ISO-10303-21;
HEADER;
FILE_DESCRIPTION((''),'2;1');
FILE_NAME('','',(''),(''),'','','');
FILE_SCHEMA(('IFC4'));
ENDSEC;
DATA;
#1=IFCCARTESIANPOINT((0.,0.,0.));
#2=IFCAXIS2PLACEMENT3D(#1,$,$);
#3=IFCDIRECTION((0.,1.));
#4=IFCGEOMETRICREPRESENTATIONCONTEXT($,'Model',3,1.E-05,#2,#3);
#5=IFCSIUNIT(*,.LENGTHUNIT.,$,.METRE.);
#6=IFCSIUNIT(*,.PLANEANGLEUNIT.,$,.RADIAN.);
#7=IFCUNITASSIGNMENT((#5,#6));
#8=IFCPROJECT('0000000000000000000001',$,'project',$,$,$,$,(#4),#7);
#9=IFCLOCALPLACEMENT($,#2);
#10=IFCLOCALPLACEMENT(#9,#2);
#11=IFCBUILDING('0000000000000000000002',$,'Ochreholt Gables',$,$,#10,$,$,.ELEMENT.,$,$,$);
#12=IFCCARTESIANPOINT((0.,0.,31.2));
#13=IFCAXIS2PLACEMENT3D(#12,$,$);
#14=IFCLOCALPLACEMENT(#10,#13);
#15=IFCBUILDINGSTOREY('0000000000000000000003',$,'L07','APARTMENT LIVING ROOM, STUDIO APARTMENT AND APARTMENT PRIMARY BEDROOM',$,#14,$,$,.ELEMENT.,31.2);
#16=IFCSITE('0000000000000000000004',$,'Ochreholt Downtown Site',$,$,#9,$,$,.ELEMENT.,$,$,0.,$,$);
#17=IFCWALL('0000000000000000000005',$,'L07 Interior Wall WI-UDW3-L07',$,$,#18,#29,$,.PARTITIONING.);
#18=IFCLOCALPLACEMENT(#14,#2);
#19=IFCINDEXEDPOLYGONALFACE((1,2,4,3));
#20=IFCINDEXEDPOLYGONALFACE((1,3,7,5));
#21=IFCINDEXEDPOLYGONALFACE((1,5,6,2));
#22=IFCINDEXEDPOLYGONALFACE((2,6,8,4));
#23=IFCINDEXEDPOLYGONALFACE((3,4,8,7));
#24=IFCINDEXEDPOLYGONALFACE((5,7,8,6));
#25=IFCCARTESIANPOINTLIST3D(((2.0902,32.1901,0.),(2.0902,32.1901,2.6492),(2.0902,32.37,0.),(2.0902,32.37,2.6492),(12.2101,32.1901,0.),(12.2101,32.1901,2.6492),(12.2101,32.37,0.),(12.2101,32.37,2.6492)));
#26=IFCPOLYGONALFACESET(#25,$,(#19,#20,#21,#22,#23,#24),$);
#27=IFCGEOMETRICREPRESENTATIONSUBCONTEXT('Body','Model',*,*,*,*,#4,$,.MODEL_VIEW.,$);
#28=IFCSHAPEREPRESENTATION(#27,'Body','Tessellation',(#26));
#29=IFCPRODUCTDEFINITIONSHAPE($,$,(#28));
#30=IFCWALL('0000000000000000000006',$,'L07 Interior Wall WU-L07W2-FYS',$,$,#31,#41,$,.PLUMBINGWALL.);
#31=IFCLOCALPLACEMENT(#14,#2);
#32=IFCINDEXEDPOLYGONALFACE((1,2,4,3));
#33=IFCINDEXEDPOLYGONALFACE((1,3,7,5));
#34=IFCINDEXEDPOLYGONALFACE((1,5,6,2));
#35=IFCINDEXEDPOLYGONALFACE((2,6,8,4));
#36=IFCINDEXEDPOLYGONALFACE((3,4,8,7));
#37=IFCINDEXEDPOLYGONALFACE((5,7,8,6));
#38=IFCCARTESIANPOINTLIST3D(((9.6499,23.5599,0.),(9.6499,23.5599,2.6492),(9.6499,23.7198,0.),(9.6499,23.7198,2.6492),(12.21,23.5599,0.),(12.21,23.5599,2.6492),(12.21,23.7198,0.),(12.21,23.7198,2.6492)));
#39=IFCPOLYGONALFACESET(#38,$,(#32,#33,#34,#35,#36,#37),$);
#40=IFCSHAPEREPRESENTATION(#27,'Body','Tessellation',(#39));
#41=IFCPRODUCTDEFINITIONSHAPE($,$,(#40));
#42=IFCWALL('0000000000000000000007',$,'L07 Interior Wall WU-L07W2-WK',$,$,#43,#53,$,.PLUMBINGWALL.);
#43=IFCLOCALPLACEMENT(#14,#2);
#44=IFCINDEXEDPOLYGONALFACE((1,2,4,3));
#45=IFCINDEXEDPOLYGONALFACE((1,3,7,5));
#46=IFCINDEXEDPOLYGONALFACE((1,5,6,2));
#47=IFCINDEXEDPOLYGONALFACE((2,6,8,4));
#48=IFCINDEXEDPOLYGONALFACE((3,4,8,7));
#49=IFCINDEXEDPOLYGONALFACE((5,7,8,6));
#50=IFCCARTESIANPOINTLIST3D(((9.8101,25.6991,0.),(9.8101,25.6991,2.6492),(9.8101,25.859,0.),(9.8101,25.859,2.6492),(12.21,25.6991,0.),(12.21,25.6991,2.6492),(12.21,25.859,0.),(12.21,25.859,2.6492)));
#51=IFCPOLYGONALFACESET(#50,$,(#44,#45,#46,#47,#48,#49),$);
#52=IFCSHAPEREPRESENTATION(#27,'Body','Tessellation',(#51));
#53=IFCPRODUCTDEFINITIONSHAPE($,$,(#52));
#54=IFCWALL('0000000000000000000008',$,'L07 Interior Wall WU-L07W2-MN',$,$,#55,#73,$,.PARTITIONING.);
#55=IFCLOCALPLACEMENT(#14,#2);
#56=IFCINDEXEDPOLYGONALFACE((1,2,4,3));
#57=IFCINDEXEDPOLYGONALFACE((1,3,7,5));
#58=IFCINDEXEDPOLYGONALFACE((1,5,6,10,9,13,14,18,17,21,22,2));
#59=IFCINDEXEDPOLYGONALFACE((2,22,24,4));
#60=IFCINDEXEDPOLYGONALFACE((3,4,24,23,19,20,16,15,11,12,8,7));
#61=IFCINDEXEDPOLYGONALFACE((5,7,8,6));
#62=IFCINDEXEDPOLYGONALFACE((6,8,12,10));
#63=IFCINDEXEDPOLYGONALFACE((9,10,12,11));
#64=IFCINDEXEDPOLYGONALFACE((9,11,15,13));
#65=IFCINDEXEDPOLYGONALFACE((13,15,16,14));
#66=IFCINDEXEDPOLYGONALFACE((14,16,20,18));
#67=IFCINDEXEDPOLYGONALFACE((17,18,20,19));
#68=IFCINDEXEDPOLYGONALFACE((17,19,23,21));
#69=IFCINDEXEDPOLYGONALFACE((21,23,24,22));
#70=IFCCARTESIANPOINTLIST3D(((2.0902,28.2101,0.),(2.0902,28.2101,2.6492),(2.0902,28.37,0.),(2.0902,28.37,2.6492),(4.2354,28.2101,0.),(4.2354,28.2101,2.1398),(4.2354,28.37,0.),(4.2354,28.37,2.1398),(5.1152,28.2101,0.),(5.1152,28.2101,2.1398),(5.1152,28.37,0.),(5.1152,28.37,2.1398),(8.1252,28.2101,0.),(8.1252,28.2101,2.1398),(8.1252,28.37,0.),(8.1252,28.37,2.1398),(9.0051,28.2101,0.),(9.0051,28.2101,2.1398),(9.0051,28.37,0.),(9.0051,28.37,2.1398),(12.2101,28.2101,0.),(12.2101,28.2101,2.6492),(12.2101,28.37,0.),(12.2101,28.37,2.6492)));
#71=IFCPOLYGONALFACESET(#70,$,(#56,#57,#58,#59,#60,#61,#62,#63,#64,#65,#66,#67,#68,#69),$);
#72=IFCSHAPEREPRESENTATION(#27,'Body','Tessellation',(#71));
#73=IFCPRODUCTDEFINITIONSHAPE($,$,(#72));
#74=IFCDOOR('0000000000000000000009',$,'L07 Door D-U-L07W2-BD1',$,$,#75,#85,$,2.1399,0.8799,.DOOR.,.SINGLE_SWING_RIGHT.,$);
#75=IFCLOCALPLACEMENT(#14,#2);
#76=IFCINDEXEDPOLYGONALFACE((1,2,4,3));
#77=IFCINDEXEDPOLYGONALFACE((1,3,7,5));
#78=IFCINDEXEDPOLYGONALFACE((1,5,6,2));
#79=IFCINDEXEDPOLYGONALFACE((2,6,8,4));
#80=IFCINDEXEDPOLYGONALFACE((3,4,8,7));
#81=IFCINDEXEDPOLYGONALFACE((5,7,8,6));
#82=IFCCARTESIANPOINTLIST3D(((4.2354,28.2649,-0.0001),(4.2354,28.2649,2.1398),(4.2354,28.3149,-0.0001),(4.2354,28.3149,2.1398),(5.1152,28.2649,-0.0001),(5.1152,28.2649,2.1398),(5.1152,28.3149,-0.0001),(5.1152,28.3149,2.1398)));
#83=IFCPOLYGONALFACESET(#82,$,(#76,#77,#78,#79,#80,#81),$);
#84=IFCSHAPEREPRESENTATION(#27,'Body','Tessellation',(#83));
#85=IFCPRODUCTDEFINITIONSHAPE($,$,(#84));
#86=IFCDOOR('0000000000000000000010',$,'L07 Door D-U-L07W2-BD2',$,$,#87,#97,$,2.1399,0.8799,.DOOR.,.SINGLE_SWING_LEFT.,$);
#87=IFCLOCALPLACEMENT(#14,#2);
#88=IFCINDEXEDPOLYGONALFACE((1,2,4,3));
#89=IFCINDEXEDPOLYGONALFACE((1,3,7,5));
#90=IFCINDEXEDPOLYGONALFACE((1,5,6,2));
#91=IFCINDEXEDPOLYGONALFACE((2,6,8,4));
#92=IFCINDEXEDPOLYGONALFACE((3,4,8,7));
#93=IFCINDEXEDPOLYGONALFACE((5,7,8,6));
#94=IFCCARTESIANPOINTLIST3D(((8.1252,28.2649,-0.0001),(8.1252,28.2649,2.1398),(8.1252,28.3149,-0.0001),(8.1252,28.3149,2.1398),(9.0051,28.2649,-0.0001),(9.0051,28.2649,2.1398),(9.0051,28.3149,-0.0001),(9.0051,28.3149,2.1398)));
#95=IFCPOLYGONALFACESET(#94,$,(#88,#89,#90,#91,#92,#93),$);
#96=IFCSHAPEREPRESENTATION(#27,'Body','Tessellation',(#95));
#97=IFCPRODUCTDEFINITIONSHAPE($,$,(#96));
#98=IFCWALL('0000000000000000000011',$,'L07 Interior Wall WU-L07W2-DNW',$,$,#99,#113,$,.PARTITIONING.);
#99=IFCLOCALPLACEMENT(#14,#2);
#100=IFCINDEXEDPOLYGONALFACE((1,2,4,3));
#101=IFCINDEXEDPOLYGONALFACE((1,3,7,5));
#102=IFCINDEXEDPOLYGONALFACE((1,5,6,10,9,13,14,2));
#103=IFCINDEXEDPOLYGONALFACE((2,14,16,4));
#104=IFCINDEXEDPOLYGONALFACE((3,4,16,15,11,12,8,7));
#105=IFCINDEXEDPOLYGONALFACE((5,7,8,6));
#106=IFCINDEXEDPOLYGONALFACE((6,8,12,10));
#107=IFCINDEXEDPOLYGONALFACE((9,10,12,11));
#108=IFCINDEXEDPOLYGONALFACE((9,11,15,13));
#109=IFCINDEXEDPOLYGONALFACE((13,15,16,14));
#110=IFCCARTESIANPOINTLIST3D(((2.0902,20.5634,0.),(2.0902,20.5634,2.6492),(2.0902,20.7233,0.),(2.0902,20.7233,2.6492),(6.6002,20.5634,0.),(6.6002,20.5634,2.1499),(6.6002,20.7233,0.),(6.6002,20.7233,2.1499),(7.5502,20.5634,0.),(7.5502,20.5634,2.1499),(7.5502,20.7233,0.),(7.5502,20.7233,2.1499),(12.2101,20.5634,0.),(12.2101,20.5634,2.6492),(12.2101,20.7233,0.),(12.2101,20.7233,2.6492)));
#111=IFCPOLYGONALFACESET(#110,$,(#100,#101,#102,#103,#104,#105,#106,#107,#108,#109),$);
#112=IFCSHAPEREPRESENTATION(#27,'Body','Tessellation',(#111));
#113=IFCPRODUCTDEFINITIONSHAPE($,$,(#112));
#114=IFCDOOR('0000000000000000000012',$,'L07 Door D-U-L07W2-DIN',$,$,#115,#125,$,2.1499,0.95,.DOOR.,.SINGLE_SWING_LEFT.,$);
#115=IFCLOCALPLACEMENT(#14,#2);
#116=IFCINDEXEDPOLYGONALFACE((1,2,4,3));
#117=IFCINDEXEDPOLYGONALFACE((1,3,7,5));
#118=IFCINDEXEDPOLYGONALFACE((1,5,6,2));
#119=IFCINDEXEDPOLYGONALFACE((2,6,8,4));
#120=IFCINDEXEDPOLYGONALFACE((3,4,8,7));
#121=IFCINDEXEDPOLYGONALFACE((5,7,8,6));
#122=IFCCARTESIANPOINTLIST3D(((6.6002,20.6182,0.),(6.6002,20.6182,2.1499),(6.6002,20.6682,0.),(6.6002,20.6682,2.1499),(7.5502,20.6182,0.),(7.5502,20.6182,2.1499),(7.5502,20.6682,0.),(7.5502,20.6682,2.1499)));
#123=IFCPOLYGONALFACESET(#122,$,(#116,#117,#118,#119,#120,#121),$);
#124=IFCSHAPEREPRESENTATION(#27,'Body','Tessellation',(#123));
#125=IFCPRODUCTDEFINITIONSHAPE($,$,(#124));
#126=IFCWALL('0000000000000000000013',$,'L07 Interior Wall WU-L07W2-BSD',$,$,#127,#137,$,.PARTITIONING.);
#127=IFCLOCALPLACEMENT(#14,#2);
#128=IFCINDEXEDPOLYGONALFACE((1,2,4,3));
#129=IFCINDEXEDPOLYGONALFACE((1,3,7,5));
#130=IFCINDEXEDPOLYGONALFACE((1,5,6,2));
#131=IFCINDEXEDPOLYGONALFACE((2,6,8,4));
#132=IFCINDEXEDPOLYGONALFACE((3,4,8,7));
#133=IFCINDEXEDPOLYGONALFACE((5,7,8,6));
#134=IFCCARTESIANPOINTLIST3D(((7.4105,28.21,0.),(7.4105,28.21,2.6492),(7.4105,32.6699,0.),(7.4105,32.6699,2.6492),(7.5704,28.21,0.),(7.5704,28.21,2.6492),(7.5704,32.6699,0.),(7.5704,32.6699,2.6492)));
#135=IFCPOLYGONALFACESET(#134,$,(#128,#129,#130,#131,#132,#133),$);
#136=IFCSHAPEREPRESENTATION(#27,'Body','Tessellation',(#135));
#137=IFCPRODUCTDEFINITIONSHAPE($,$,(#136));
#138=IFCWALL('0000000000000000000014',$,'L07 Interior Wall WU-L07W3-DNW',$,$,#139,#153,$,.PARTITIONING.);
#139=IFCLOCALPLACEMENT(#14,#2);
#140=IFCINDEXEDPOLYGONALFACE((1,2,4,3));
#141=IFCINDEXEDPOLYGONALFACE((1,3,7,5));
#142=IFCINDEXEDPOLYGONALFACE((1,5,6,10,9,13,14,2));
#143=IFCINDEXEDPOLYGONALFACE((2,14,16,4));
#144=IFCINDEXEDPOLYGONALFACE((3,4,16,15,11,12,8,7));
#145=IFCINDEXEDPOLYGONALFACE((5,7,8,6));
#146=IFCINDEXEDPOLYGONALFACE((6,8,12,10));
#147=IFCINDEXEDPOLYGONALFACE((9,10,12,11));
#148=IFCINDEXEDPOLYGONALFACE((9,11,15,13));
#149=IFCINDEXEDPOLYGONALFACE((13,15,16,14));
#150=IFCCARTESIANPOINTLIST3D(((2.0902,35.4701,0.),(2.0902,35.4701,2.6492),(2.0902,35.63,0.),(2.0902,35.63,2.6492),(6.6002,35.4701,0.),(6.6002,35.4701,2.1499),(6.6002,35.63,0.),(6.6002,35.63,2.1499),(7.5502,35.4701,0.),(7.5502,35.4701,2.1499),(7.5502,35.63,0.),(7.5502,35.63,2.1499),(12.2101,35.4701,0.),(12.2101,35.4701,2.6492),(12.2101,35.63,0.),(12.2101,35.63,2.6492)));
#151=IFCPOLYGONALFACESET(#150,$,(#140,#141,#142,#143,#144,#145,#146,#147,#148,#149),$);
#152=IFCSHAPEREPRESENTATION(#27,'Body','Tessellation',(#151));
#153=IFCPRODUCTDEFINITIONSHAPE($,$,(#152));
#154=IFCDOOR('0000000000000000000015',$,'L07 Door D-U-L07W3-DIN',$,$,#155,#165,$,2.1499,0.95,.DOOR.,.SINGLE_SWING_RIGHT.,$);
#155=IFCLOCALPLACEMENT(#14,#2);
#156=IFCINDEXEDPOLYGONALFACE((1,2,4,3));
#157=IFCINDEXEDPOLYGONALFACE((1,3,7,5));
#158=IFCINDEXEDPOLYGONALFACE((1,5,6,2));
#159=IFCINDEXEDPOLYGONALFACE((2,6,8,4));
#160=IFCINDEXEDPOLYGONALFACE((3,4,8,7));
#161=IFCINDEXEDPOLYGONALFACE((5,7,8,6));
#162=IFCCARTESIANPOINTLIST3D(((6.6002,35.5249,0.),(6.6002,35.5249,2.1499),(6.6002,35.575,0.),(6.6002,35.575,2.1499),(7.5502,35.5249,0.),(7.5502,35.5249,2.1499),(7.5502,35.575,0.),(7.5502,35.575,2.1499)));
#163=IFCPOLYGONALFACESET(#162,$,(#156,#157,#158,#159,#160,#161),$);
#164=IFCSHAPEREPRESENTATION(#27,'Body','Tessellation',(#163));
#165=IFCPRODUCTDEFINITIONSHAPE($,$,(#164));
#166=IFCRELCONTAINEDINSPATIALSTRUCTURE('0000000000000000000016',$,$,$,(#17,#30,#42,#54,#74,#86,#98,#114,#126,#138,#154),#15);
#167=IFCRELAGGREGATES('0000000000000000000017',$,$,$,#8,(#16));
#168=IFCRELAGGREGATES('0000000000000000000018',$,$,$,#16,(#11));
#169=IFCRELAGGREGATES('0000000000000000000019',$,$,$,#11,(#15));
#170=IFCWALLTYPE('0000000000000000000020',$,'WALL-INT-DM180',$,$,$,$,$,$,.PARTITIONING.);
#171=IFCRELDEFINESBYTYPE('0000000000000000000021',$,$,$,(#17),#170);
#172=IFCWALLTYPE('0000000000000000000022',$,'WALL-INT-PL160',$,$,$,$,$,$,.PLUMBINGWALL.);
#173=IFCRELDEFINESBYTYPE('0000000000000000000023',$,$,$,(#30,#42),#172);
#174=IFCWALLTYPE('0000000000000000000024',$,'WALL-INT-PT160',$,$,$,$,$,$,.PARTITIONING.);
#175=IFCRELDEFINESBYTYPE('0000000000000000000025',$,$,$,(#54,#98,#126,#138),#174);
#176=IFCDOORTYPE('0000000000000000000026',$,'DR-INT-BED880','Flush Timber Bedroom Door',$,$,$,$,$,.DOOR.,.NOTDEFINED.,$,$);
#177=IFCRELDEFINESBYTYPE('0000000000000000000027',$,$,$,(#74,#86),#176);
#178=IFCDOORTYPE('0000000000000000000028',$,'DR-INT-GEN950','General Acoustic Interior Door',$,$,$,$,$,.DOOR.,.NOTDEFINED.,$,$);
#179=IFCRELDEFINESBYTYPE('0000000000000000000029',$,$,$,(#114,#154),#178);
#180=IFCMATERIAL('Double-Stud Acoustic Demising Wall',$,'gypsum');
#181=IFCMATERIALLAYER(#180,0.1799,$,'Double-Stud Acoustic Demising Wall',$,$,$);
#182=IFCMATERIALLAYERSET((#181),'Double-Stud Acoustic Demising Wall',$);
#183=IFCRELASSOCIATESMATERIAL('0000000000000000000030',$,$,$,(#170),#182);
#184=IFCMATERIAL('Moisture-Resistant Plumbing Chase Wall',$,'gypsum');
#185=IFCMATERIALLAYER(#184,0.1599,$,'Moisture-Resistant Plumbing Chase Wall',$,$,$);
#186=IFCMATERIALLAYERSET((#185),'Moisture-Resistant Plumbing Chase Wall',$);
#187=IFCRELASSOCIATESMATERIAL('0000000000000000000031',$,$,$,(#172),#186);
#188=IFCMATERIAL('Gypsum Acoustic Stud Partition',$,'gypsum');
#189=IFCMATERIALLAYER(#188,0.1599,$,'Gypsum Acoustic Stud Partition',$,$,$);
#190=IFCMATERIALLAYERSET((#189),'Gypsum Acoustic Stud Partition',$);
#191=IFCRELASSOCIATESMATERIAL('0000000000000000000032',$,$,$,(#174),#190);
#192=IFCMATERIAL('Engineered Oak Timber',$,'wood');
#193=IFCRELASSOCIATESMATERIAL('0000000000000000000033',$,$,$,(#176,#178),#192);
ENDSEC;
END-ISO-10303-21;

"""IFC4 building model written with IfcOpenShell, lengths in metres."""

from ifc_helpers import new_model, si_unit, direction, frame, frame_2d, origin, place, context, subcontext, project, spatial, rectangle, extrude, material, layer, layer_set, type_object, element, fill, save


model = new_model("IFC4")

# Units and contexts
model_context = context("Model", 3, precision=1e-05, world=origin(), true_north=direction((0.0, 1.0)))
body_context = subcontext(model_context, "Body", "Model", "MODEL_VIEW")
ifc_project = project(units=[si_unit("LENGTHUNIT", "METRE"), si_unit("PLANEANGLEUNIT", "RADIAN")], contexts=[model_context])

# Site, building, storey
site_placement = place(None, origin())
site = spatial("IfcSite", under=ifc_project, at=site_placement, Name="Ochreholt Downtown Site", CompositionType="ELEMENT", RefElevation=0.0)
building_placement = place(site_placement, origin())
building = spatial("IfcBuilding", under=site, at=building_placement, Name="Ochreholt Gables", CompositionType="ELEMENT")
storey_placement = place(building_placement, frame((0.0, 0.0, 31.2)))
storey = spatial("IfcBuildingStorey", under=building, at=storey_placement, Name="L07", Description="APARTMENT LIVING ROOM, STUDIO APARTMENT AND APARTMENT PRIMARY BEDROOM", CompositionType="ELEMENT", Elevation=31.2)

# Walls
ifc_material_1 = material(Name="Double-Stud Acoustic Demising Wall", Category="gypsum")
ifc_layer_1 = layer(ifc_material_1, 0.1799, Name="Double-Stud Acoustic Demising Wall")
ifc_layer_set_1 = layer_set([ifc_layer_1], Name="Double-Stud Acoustic Demising Wall")
wall_type_1 = type_object("IfcWallType", Name="WALL-INT-DM180", PredefinedType="PARTITIONING", material=ifc_layer_set_1)
wall_1_placement = place(storey_placement, frame((2.0901, 32.28, 0.0), z_axis=(0.0, 0.0, 1.0), x_axis=(1.0, 0.0, 0.0)))
element("IfcWall", 1, at=wall_1_placement, inside=storey, type_object=wall_type_1, Name="L07 Interior Wall WI-UDW3-L07", PredefinedType="PARTITIONING", context=body_context, shape_type="SweptSolid", body=[
    extrude(rectangle(XDim=10.1199, YDim=0.1799, at=frame_2d((5.0601, 0.0))), origin(), (0.0, 0.0, 1.0), 2.6492),
])
ifc_material_2 = material(Name="Moisture-Resistant Plumbing Chase Wall", Category="gypsum")
ifc_layer_2 = layer(ifc_material_2, 0.1599, Name="Moisture-Resistant Plumbing Chase Wall")
ifc_layer_set_2 = layer_set([ifc_layer_2], Name="Moisture-Resistant Plumbing Chase Wall")
wall_type_2 = type_object("IfcWallType", Name="WALL-INT-PL160", PredefinedType="PLUMBINGWALL", material=ifc_layer_set_2)
wall_2_placement = place(storey_placement, frame((9.6499, 23.6399, 0.0), z_axis=(0.0, 0.0, 1.0), x_axis=(1.0, 0.0, 0.0)))
element("IfcWall", 2, at=wall_2_placement, inside=storey, type_object=wall_type_2, Name="L07 Interior Wall WU-L07W2-FYS", PredefinedType="PLUMBINGWALL", context=body_context, shape_type="SweptSolid", body=[
    extrude(rectangle(XDim=2.5601, YDim=0.1599, at=frame_2d((1.28, 0.0))), origin(), (0.0, 0.0, 1.0), 2.6492),
])

# Shared definitions
ifc_material_3 = material(Name="Engineered Oak Timber", Category="wood")

# Wall
wall_3_placement = place(storey_placement, frame((9.8101, 25.7791, 0.0), z_axis=(0.0, 0.0, 1.0), x_axis=(1.0, 0.0, 0.0)))
element("IfcWall", 3, at=wall_3_placement, inside=storey, type_object=wall_type_2, Name="L07 Interior Wall WU-L07W2-WK", PredefinedType="PLUMBINGWALL", context=body_context, shape_type="SweptSolid", body=[
    extrude(rectangle(XDim=2.3999, YDim=0.1599, at=frame_2d((1.2, 0.0))), origin(), (0.0, 0.0, 1.0), 2.6492),
])

# Wall, openings, doors
ifc_material_4 = material(Name="Gypsum Acoustic Stud Partition", Category="gypsum")
ifc_layer_3 = layer(ifc_material_4, 0.1599, Name="Gypsum Acoustic Stud Partition")
ifc_layer_set_3 = layer_set([ifc_layer_3], Name="Gypsum Acoustic Stud Partition")
wall_type_3 = type_object("IfcWallType", Name="WALL-INT-PT160", PredefinedType="PARTITIONING", material=ifc_layer_set_3)
wall_4_placement = place(storey_placement, frame((2.0901, 28.29, 0.0), z_axis=(0.0, 0.0, 1.0), x_axis=(1.0, 0.0, 0.0)))
wall_4 = element("IfcWall", 4, at=wall_4_placement, inside=storey, type_object=wall_type_3, Name="L07 Interior Wall WU-L07W2-MN", PredefinedType="PARTITIONING", context=body_context, shape_type="SweptSolid", body=[
    extrude(rectangle(XDim=10.1199, YDim=0.1599, at=frame_2d((5.0601, 0.0))), origin(), (0.0, 0.0, 1.0), 2.6492),
])
opening_1_placement = place(wall_4_placement, frame((2.1453, 0.0, 0.0)))
opening_1 = element("IfcOpeningElement", 5, at=opening_1_placement, cuts=wall_4, PredefinedType="OPENING", context=body_context, shape_type="SweptSolid", body=[
    extrude(rectangle(XDim=0.8799, YDim=2.1399, at=frame_2d((0.4399, 1.0698))), frame((0.0, 0.0898, 0.0), z_axis=(0.0, -1.0, 0.0), x_axis=(1.0, 0.0, 0.0)), (0.0, 0.0, 1.0), 0.1799),
])
opening_2_placement = place(wall_4_placement, frame((6.0352, 0.0, 0.0)))
opening_2 = element("IfcOpeningElement", 6, at=opening_2_placement, cuts=wall_4, PredefinedType="OPENING", context=body_context, shape_type="SweptSolid", body=[
    extrude(rectangle(XDim=0.8799, YDim=2.1399, at=frame_2d((0.4399, 1.0698))), frame((0.0, 0.0898, 0.0), z_axis=(0.0, -1.0, 0.0), x_axis=(1.0, 0.0, 0.0)), (0.0, 0.0, 1.0), 0.1799),
])
door_type_1 = type_object("IfcDoorType", Name="DR-INT-BED880", Description="Flush Timber Bedroom Door", OperationType="NOTDEFINED", PredefinedType="DOOR", material=ifc_material_3)
door_1_placement = place(opening_1_placement, origin())
door_1 = element("IfcDoor", 7, at=door_1_placement, inside=storey, type_object=door_type_1, Name="L07 Door D-U-L07W2-BD1", OperationType="SINGLE_SWING_RIGHT", OverallHeight=2.1399, OverallWidth=0.8799, PredefinedType="DOOR", context=body_context, shape_type="SweptSolid", body=[
    extrude(rectangle(XDim=0.8799, YDim=2.1399, at=frame_2d((0.4399, 1.0698))), frame((0.0, 0.0249, 0.0), z_axis=(0.0, -1.0, 0.0), x_axis=(1.0, 0.0, 0.0)), (0.0, 0.0, 1.0), 0.05),
])
fill(opening_1, door_1)
door_2_placement = place(opening_2_placement, origin())
door_2 = element("IfcDoor", 8, at=door_2_placement, inside=storey, type_object=door_type_1, Name="L07 Door D-U-L07W2-BD2", OperationType="SINGLE_SWING_LEFT", OverallHeight=2.1399, OverallWidth=0.8799, PredefinedType="DOOR", context=body_context, shape_type="SweptSolid", body=[
    extrude(rectangle(XDim=0.8799, YDim=2.1399, at=frame_2d((0.4399, 1.0698))), frame((0.0, 0.0249, 0.0), z_axis=(0.0, -1.0, 0.0), x_axis=(1.0, 0.0, 0.0)), (0.0, 0.0, 1.0), 0.05),
])
fill(opening_2, door_2)

# Wall, opening, door
wall_5_placement = place(storey_placement, frame((2.0901, 20.6433, 0.0), z_axis=(0.0, 0.0, 1.0), x_axis=(1.0, 0.0, 0.0)))
wall_5 = element("IfcWall", 9, at=wall_5_placement, inside=storey, type_object=wall_type_3, Name="L07 Interior Wall WU-L07W2-DNW", PredefinedType="PARTITIONING", context=body_context, shape_type="SweptSolid", body=[
    extrude(rectangle(XDim=10.1199, YDim=0.1599, at=frame_2d((5.0601, 0.0))), origin(), (0.0, 0.0, 1.0), 2.6492),
])
opening_3_placement = place(wall_5_placement, frame((4.51, 0.0, 0.0)))
opening_3 = element("IfcOpeningElement", 10, at=opening_3_placement, cuts=wall_5, PredefinedType="OPENING", context=body_context, shape_type="SweptSolid", body=[
    extrude(rectangle(XDim=0.95, YDim=2.1499, at=frame_2d((0.4751, 1.075))), frame((0.0, 0.0898, 0.0), z_axis=(0.0, -1.0, 0.0), x_axis=(1.0, 0.0, 0.0)), (0.0, 0.0, 1.0), 0.1799),
])
door_type_2 = type_object("IfcDoorType", Name="DR-INT-GEN950", Description="General Acoustic Interior Door", OperationType="NOTDEFINED", PredefinedType="DOOR", material=ifc_material_3)
door_3_placement = place(opening_3_placement, origin())
door_3 = element("IfcDoor", 11, at=door_3_placement, inside=storey, type_object=door_type_2, Name="L07 Door D-U-L07W2-DIN", OperationType="SINGLE_SWING_LEFT", OverallHeight=2.1499, OverallWidth=0.95, PredefinedType="DOOR", context=body_context, shape_type="SweptSolid", body=[
    extrude(rectangle(XDim=0.95, YDim=2.1499, at=frame_2d((0.4751, 1.075))), frame((0.0, 0.0249, 0.0), z_axis=(0.0, -1.0, 0.0), x_axis=(1.0, 0.0, 0.0)), (0.0, 0.0, 1.0), 0.05),
])
fill(opening_3, door_3)

# Wall
wall_6_placement = place(storey_placement, frame((7.4905, 28.21, 0.0), z_axis=(0.0, 0.0, 1.0), x_axis=(0.0, 1.0, 0.0)))
element("IfcWall", 12, at=wall_6_placement, inside=storey, type_object=wall_type_3, Name="L07 Interior Wall WU-L07W2-BSD", PredefinedType="PARTITIONING", context=body_context, shape_type="SweptSolid", body=[
    extrude(rectangle(XDim=4.46, YDim=0.1599, at=frame_2d((2.23, 0.0))), origin(), (0.0, 0.0, 1.0), 2.6492),
])

# Wall, opening, door
wall_7_placement = place(storey_placement, frame((2.0901, 35.55, 0.0), z_axis=(0.0, 0.0, 1.0), x_axis=(1.0, 0.0, 0.0)))
wall_7 = element("IfcWall", 13, at=wall_7_placement, inside=storey, type_object=wall_type_3, Name="L07 Interior Wall WU-L07W3-DNW", PredefinedType="PARTITIONING", context=body_context, shape_type="SweptSolid", body=[
    extrude(rectangle(XDim=10.1199, YDim=0.1599, at=frame_2d((5.0601, 0.0))), origin(), (0.0, 0.0, 1.0), 2.6492),
])
opening_4_placement = place(wall_7_placement, frame((4.51, 0.0, 0.0)))
opening_4 = element("IfcOpeningElement", 14, at=opening_4_placement, cuts=wall_7, PredefinedType="OPENING", context=body_context, shape_type="SweptSolid", body=[
    extrude(rectangle(XDim=0.95, YDim=2.1499, at=frame_2d((0.4751, 1.075))), frame((0.0, 0.0898, 0.0), z_axis=(0.0, -1.0, 0.0), x_axis=(1.0, 0.0, 0.0)), (0.0, 0.0, 1.0), 0.1799),
])
door_4_placement = place(opening_4_placement, origin())
door_4 = element("IfcDoor", 15, at=door_4_placement, inside=storey, type_object=door_type_2, Name="L07 Door D-U-L07W3-DIN", OperationType="SINGLE_SWING_RIGHT", OverallHeight=2.1499, OverallWidth=0.95, PredefinedType="DOOR", context=body_context, shape_type="SweptSolid", body=[
    extrude(rectangle(XDim=0.95, YDim=2.1499, at=frame_2d((0.4751, 1.075))), frame((0.0, 0.0249, 0.0), z_axis=(0.0, -1.0, 0.0), x_axis=(1.0, 0.0, 0.0)), (0.0, 0.0, 1.0), 0.05),
])
fill(opening_4, door_4)

save(model, "model.ifc")
